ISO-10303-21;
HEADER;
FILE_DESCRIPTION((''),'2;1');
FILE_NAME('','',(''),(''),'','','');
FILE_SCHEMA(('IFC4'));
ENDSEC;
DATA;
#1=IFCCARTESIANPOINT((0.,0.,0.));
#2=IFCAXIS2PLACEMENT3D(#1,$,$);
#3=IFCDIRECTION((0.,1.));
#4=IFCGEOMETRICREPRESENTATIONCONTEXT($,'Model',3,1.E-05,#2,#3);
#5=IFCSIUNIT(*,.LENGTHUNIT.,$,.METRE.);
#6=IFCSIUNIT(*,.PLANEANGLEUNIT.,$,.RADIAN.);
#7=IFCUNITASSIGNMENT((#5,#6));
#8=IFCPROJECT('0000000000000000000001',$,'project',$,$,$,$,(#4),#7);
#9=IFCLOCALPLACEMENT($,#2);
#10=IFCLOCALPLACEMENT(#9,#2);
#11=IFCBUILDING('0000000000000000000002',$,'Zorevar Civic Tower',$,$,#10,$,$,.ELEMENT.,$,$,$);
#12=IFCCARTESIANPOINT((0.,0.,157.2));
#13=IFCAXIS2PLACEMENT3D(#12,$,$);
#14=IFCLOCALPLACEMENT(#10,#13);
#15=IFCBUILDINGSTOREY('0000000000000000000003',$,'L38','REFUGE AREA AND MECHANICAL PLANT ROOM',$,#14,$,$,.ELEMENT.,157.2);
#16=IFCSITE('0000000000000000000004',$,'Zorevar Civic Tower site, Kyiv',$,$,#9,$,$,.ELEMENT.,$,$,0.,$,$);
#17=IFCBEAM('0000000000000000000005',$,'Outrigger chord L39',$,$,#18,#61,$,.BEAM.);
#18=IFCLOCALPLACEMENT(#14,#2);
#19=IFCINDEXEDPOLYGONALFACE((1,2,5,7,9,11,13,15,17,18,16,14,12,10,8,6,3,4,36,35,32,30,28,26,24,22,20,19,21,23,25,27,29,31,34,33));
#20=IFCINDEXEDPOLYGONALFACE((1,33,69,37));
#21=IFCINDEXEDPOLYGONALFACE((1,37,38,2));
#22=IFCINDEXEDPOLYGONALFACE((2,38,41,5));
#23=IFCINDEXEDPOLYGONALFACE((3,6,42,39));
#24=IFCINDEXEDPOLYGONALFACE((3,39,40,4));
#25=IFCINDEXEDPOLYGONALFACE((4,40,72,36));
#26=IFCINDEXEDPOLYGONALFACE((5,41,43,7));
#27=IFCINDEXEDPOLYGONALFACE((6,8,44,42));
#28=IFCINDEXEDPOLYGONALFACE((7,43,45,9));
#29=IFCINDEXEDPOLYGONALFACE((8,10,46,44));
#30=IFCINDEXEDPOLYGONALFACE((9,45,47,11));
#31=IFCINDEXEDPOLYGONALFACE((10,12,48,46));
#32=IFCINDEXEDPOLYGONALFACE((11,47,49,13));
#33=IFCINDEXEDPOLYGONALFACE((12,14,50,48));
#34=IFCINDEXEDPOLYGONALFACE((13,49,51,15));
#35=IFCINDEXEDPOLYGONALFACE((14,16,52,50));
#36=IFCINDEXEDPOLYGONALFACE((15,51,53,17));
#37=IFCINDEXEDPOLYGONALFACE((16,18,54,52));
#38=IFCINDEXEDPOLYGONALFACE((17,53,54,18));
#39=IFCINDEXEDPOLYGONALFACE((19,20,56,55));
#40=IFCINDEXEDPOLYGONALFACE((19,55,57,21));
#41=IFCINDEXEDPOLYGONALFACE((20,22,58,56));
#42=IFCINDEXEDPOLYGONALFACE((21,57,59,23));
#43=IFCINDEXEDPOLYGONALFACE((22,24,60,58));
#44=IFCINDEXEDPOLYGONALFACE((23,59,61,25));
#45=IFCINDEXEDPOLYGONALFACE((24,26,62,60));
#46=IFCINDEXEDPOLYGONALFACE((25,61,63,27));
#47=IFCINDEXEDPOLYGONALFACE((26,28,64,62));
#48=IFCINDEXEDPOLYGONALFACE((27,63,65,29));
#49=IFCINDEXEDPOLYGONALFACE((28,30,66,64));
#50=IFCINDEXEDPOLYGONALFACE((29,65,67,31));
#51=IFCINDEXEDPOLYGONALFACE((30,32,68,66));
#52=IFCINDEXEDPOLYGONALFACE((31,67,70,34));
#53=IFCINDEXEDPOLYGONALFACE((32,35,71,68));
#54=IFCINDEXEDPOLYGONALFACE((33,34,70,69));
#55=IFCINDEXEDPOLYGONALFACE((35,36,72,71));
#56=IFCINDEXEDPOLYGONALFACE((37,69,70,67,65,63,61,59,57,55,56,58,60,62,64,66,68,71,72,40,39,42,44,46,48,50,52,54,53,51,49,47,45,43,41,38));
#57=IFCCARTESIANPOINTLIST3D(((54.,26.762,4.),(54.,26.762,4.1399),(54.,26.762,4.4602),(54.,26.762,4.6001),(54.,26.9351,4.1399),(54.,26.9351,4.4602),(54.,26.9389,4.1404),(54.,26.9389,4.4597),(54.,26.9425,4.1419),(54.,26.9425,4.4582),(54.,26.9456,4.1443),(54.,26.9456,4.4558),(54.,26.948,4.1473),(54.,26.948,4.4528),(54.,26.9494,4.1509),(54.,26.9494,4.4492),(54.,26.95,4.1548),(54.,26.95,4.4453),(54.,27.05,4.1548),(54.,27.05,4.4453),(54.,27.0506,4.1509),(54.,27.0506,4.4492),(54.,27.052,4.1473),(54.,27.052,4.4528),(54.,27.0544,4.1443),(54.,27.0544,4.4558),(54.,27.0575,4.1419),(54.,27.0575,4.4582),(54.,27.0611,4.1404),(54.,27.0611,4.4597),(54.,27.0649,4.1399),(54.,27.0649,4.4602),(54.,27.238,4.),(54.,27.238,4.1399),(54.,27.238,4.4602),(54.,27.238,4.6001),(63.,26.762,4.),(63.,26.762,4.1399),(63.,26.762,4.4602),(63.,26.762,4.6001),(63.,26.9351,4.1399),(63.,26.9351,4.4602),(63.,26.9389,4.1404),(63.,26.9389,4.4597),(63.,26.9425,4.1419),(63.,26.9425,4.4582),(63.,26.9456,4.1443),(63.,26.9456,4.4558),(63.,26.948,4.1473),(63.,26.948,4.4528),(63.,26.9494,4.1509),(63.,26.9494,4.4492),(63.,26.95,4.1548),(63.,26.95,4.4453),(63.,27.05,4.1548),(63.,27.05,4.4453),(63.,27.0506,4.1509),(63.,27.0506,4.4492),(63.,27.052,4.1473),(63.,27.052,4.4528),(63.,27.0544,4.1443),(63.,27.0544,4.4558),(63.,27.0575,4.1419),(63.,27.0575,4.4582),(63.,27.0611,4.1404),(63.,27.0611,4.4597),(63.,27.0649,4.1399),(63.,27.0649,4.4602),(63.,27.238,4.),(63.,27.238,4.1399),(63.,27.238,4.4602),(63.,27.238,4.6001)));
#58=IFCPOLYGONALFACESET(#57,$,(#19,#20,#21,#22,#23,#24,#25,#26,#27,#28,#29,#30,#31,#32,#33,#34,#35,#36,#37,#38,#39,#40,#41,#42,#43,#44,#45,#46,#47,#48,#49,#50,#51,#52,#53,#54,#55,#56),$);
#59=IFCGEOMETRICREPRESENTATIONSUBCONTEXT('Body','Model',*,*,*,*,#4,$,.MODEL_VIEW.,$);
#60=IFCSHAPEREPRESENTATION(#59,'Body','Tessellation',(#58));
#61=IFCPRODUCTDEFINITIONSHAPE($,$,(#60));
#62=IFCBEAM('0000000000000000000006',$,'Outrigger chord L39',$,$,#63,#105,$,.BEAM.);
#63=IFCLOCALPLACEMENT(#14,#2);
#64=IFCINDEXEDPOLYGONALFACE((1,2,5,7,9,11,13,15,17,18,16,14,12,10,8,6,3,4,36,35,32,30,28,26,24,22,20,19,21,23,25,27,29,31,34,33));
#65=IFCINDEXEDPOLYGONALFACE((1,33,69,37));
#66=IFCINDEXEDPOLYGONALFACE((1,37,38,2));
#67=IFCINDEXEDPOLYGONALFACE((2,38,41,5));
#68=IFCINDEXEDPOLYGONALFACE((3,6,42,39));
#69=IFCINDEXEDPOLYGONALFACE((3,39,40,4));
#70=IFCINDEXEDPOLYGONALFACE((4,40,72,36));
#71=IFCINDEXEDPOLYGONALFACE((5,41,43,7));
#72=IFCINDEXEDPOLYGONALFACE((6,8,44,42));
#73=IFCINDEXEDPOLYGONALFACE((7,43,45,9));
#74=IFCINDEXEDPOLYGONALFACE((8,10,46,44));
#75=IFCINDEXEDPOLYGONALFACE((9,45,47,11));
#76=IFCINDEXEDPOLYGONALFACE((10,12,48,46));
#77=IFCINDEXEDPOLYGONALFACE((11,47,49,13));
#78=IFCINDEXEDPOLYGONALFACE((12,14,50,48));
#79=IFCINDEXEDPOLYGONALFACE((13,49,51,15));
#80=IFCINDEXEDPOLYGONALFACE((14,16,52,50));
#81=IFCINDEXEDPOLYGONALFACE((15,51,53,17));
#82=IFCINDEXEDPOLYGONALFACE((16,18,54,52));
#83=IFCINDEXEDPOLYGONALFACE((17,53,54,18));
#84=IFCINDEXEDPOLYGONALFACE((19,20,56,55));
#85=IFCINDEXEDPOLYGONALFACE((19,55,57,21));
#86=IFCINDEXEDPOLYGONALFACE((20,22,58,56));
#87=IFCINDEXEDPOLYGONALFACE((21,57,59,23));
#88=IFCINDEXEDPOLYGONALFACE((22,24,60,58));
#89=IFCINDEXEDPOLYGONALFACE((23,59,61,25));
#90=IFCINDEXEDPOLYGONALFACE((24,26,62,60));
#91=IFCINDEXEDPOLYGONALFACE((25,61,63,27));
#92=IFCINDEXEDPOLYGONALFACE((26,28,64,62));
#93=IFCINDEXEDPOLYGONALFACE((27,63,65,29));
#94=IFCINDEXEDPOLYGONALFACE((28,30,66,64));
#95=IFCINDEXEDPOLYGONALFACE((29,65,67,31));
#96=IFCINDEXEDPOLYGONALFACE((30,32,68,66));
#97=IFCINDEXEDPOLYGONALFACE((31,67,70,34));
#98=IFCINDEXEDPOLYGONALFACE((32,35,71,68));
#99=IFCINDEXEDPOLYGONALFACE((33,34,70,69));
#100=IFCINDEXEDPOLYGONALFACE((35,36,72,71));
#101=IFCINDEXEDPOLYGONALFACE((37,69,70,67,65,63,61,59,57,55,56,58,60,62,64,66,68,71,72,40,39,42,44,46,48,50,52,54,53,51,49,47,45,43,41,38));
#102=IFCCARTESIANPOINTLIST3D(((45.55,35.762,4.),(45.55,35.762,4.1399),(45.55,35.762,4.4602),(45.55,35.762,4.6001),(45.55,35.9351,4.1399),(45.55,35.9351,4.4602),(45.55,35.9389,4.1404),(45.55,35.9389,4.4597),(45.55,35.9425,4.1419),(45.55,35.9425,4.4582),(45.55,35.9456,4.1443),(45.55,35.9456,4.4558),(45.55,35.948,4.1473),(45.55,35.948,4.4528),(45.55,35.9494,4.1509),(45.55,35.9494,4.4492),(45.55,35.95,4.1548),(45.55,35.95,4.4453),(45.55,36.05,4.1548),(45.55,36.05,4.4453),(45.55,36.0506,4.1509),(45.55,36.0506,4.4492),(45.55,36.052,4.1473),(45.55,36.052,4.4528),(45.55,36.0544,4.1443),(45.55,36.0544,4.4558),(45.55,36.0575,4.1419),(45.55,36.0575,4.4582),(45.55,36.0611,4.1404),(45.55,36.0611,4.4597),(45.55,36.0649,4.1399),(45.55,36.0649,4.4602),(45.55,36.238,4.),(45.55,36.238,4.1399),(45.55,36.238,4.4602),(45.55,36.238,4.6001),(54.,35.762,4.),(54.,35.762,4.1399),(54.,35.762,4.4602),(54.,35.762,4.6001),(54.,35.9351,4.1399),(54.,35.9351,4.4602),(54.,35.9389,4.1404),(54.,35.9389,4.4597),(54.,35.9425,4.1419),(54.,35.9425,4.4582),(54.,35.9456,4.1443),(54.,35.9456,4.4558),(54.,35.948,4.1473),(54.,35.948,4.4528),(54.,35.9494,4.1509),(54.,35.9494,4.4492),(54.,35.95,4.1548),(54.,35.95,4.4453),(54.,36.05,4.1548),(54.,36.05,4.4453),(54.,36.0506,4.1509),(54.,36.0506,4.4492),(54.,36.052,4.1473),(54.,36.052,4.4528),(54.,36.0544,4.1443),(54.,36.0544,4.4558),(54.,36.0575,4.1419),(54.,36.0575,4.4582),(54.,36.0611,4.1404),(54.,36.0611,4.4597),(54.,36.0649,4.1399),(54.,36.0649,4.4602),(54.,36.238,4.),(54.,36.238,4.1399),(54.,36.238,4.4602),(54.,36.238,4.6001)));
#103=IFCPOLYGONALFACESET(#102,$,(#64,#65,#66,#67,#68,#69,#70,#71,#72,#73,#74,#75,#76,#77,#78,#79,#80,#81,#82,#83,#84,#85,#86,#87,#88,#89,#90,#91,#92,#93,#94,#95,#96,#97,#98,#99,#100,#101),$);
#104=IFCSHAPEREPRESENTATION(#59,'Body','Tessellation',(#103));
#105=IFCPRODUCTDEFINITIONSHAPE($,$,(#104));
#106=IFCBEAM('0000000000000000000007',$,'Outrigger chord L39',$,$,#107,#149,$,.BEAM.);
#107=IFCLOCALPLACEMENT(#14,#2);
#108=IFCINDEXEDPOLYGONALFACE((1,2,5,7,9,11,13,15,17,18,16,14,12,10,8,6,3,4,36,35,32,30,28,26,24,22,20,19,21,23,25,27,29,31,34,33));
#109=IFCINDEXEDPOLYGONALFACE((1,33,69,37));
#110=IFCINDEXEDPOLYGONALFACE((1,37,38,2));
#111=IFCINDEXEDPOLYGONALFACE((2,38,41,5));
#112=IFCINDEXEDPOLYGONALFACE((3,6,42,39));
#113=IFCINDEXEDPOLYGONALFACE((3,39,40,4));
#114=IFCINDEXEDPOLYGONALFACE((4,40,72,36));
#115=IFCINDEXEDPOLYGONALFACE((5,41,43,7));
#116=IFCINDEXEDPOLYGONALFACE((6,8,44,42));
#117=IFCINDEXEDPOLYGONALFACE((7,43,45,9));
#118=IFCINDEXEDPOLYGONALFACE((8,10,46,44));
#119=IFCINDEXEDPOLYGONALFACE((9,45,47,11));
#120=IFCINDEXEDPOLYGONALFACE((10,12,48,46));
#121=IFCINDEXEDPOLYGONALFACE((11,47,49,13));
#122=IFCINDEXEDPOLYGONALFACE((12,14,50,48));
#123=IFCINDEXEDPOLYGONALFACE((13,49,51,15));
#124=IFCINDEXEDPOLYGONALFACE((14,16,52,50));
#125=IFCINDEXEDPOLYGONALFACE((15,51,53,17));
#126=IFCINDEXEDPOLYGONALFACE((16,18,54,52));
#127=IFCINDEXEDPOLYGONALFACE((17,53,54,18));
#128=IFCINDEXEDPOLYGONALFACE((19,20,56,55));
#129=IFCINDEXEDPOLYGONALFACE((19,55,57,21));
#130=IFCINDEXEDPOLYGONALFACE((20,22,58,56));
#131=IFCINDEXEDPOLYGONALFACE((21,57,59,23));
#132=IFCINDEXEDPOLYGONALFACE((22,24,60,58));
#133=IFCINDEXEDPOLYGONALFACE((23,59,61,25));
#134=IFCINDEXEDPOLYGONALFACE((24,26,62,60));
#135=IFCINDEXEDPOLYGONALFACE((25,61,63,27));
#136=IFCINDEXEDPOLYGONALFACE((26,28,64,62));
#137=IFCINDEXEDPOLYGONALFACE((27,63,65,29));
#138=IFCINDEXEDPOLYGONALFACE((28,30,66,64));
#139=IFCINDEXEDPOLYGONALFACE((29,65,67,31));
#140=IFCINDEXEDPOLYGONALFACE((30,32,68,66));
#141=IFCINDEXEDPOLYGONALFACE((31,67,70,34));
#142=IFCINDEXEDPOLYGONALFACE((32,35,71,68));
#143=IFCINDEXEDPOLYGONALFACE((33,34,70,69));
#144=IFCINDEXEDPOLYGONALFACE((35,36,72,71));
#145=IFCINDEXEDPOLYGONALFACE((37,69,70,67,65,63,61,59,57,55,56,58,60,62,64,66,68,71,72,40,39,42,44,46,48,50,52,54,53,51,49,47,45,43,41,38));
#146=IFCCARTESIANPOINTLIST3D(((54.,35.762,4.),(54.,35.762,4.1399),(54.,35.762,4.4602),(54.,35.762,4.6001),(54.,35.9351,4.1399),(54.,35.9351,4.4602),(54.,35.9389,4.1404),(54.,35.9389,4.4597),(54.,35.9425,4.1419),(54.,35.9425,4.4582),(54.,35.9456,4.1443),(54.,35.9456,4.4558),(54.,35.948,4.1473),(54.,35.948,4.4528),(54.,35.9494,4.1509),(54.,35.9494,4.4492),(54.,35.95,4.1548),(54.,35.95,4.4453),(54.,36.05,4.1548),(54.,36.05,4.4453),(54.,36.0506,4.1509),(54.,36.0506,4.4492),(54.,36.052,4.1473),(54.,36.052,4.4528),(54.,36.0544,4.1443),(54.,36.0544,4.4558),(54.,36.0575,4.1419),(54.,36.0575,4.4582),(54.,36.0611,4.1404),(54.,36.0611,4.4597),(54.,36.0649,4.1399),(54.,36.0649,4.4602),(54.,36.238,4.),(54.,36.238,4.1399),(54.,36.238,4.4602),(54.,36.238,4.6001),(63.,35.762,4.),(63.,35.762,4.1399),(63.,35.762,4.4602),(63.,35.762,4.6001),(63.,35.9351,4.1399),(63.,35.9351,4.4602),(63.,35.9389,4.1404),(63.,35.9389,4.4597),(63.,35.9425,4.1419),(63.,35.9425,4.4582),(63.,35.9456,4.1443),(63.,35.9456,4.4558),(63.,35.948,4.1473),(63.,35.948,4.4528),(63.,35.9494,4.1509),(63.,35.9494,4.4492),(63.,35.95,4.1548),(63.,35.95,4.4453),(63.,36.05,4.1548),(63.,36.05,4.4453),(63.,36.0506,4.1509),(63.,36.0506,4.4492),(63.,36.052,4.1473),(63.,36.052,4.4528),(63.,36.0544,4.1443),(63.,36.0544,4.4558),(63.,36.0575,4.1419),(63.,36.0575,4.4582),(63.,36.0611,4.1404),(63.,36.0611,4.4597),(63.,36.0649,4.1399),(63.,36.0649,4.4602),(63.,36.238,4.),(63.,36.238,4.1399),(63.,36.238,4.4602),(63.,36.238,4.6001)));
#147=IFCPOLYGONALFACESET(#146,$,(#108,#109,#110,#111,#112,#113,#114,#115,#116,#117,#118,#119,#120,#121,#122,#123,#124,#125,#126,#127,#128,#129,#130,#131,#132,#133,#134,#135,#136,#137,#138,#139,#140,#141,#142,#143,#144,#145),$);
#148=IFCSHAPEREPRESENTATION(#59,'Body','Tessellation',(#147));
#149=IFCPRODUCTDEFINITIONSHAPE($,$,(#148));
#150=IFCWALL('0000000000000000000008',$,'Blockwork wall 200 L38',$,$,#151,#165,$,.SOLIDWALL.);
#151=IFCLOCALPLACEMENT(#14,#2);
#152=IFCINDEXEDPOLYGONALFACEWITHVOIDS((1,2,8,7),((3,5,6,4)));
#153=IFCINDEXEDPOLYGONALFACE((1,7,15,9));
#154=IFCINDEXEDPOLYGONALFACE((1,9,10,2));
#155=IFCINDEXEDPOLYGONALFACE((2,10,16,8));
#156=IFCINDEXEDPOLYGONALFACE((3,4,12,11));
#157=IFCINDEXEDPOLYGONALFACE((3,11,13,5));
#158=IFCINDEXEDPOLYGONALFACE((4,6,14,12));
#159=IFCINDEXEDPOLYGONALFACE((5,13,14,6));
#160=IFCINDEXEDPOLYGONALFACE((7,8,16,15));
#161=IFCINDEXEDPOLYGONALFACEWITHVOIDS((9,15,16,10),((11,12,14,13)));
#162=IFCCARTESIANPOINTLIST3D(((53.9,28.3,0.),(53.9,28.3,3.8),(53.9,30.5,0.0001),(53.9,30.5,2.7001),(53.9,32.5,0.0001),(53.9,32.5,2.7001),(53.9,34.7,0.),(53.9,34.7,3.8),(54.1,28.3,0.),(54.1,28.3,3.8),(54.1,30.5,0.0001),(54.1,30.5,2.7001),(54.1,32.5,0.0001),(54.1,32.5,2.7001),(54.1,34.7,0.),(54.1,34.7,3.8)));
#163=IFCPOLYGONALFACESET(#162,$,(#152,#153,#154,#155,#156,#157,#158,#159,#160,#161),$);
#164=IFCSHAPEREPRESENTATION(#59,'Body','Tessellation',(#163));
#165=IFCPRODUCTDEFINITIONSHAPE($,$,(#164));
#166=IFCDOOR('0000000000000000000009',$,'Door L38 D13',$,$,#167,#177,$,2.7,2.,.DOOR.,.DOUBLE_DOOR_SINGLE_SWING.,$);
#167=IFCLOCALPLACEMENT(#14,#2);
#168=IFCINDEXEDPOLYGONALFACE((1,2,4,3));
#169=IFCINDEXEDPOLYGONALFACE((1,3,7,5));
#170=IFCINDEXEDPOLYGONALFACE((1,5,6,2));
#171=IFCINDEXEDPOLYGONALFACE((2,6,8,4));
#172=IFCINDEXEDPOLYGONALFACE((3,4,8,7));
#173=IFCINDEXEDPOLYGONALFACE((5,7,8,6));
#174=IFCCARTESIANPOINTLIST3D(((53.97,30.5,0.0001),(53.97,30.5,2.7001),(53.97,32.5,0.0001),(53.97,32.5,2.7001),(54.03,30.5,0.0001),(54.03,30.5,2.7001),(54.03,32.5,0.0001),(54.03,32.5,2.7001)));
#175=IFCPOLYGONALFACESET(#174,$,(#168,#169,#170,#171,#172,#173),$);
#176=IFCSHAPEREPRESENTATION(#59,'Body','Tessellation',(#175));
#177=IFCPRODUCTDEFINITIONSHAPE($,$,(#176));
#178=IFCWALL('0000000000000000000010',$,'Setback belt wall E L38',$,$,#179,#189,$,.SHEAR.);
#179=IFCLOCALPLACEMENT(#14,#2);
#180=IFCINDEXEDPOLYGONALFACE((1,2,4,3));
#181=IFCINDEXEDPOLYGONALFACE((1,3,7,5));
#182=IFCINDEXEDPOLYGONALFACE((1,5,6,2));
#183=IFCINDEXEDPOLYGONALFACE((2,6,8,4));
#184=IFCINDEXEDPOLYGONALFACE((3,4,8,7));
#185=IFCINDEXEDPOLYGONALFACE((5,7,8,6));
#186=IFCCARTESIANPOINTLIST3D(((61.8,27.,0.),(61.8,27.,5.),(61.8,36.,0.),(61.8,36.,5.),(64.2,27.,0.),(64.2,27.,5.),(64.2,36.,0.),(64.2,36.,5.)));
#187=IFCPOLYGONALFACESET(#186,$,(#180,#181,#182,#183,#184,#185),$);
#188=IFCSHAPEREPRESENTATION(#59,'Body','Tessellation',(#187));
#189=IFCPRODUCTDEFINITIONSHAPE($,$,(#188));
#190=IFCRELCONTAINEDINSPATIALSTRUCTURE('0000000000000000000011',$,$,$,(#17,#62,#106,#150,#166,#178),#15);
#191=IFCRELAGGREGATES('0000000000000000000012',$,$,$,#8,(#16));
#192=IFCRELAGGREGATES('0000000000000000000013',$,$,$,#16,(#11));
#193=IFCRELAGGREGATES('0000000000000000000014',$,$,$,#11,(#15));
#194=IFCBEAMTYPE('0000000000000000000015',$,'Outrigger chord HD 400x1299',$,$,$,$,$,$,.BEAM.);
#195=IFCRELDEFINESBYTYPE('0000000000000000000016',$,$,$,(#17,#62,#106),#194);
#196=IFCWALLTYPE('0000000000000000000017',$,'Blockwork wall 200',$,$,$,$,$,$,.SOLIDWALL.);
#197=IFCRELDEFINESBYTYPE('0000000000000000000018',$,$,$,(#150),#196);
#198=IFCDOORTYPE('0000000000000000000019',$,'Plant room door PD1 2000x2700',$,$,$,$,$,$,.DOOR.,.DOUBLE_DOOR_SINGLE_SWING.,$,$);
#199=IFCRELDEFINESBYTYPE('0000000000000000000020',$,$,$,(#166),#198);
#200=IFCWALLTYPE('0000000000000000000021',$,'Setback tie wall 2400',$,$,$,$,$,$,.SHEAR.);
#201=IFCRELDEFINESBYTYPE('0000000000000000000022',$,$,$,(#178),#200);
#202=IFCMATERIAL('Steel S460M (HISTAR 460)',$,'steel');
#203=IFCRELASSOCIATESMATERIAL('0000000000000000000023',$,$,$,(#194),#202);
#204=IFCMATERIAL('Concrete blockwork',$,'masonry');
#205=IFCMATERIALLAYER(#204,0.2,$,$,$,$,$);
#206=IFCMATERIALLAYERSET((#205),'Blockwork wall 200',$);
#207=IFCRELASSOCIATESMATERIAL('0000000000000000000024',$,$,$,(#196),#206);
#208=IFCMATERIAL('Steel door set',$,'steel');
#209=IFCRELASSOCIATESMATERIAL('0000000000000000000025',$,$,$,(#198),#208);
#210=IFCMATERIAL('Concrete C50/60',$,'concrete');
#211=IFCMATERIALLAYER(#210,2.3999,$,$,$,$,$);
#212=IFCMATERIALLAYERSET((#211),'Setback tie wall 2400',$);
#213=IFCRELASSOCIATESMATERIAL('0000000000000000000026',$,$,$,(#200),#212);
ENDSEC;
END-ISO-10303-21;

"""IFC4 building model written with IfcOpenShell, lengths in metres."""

from ifc_helpers import new_model, si_unit, direction, frame, frame_2d, origin, origin_2d, place, context, subcontext, project, spatial, rectangle, i_section, extrude, material, layer, layer_set, material_profile, profile_set, type_object, element, fill, save


model = new_model("IFC4")

# Units and contexts
model_context = context("Model", 3, precision=1e-05, world=origin(), true_north=direction((0.0, 1.0)))
body_context = subcontext(model_context, "Body", "Model", "MODEL_VIEW")
ifc_project = project(units=[si_unit("LENGTHUNIT", "METRE"), si_unit("PLANEANGLEUNIT", "RADIAN")], contexts=[model_context])

# Site, building, storey
site_placement = place(None, origin())
site = spatial("IfcSite", under=ifc_project, at=site_placement, Name="Zorevar Civic Tower site, Kyiv", CompositionType="ELEMENT", RefElevation=0.0)
building_placement = place(site_placement, origin())
building = spatial("IfcBuilding", under=site, at=building_placement, Name="Zorevar Civic Tower", CompositionType="ELEMENT")
storey_placement = place(building_placement, frame((0.0, 0.0, 157.2)))
storey = spatial("IfcBuildingStorey", under=building, at=storey_placement, Name="L38", Description="REFUGE AREA AND MECHANICAL PLANT ROOM", CompositionType="ELEMENT", Elevation=157.2)

# Beams
ifc_material_1 = material(Name="Steel S460M (HISTAR 460)", Category="steel")
ifc_material_profile_1 = material_profile(ifc_material_1, i_section(OverallWidth=0.4761, OverallDepth=0.6001, WebThickness=0.1001, FlangeThickness=0.1399, FilletRadius=0.0149, at=origin_2d()), Name="HD 400x1299")
ifc_profile_set_1 = profile_set([ifc_material_profile_1], Name="Steel S460M (HISTAR 460)")
beam_type_1 = type_object("IfcBeamType", Name="Outrigger chord HD 400x1299", PredefinedType="BEAM", material=ifc_profile_set_1)
beam_1_placement = place(storey_placement, frame((54.0, 27.0, 4.3), z_axis=(1.0, 0.0, 0.0), x_axis=(0.0, 1.0, 0.0)))
element("IfcBeam", 1, at=beam_1_placement, inside=storey, type_object=beam_type_1, Name="Outrigger chord L39", PredefinedType="BEAM", context=body_context, shape_type="SweptSolid", body=[
    extrude(i_section(OverallWidth=0.4761, OverallDepth=0.6001, WebThickness=0.1001, FlangeThickness=0.1399, FilletRadius=0.0149, at=origin_2d()), origin(), (0.0, 0.0, 1.0), 9.0),
])
beam_2_placement = place(storey_placement, frame((45.55, 36.0, 4.3), z_axis=(1.0, 0.0, 0.0), x_axis=(0.0, 1.0, 0.0)))
element("IfcBeam", 2, at=beam_2_placement, inside=storey, type_object=beam_type_1, Name="Outrigger chord L39", PredefinedType="BEAM", context=body_context, shape_type="SweptSolid", body=[
    extrude(i_section(OverallWidth=0.4761, OverallDepth=0.6001, WebThickness=0.1001, FlangeThickness=0.1399, FilletRadius=0.0149, at=origin_2d()), origin(), (0.0, 0.0, 1.0), 8.45),
])
beam_3_placement = place(storey_placement, frame((54.0, 36.0, 4.3), z_axis=(1.0, 0.0, 0.0), x_axis=(0.0, 1.0, 0.0)))
element("IfcBeam", 3, at=beam_3_placement, inside=storey, type_object=beam_type_1, Name="Outrigger chord L39", PredefinedType="BEAM", context=body_context, shape_type="SweptSolid", body=[
    extrude(i_section(OverallWidth=0.4761, OverallDepth=0.6001, WebThickness=0.1001, FlangeThickness=0.1399, FilletRadius=0.0149, at=origin_2d()), origin(), (0.0, 0.0, 1.0), 9.0),
])

# Wall, opening, door
ifc_material_2 = material(Name="Concrete blockwork", Category="masonry")
ifc_layer_1 = layer(ifc_material_2, 0.2)
ifc_layer_set_1 = layer_set([ifc_layer_1], Name="Blockwork wall 200")
wall_type_1 = type_object("IfcWallType", Name="Blockwork wall 200", PredefinedType="SOLIDWALL", material=ifc_layer_set_1)
wall_1_placement = place(storey_placement, frame((54.0, 28.3, 0.0), z_axis=(0.0, 0.0, 1.0), x_axis=(0.0, 1.0, 0.0)))
wall_1 = element("IfcWall", 4, at=wall_1_placement, inside=storey, type_object=wall_type_1, Name="Blockwork wall 200 L38", PredefinedType="SOLIDWALL", context=body_context, shape_type="SweptSolid", body=[
    extrude(rectangle(XDim=6.3999, YDim=0.2, at=frame_2d((3.2, 0.0))), origin(), (0.0, 0.0, 1.0), 3.8),
])
opening_1_placement = place(wall_1_placement, frame((2.2, 0.0, 0.0)))
opening_1 = element("IfcOpeningElement", 5, at=opening_1_placement, cuts=wall_1, PredefinedType="OPENING", context=body_context, shape_type="SweptSolid", body=[
    extrude(rectangle(XDim=2.0, YDim=2.7, at=frame_2d((1.0, 1.3501))), frame((0.0, 0.1099, 0.0), z_axis=(0.0, -1.0, 0.0), x_axis=(1.0, 0.0, 0.0)), (0.0, 0.0, 1.0), 0.22),
])
ifc_material_3 = material(Name="Steel door set", Category="steel")
door_type_1 = type_object("IfcDoorType", Name="Plant room door PD1 2000x2700", OperationType="DOUBLE_DOOR_SINGLE_SWING", PredefinedType="DOOR", material=ifc_material_3)
door_1_placement = place(opening_1_placement, origin())
door_1 = element("IfcDoor", 6, at=door_1_placement, inside=storey, type_object=door_type_1, Name="Door L38 D13", OperationType="DOUBLE_DOOR_SINGLE_SWING", OverallHeight=2.7, OverallWidth=2.0, PredefinedType="DOOR", context=body_context, shape_type="SweptSolid", body=[
    extrude(rectangle(XDim=2.0, YDim=2.7, at=frame_2d((1.0, 1.3501))), frame((0.0, 0.03, 0.0), z_axis=(0.0, -1.0, 0.0), x_axis=(1.0, 0.0, 0.0)), (0.0, 0.0, 1.0), 0.0601),
])
fill(opening_1, door_1)

# Wall
ifc_material_4 = material(Name="Concrete C50/60", Category="concrete")
ifc_layer_2 = layer(ifc_material_4, 2.3999)
ifc_layer_set_2 = layer_set([ifc_layer_2], Name="Setback tie wall 2400")
wall_type_2 = type_object("IfcWallType", Name="Setback tie wall 2400", PredefinedType="SHEAR", material=ifc_layer_set_2)
for number, where, z_axis, x_axis, name in (
    (7, (63.0, 27.0, 0.0), (0.0, 0.0, 1.0), (0.0, 1.0, 0.0), "Setback belt wall E L38"),
):
    element("IfcWall", number, at=place(storey_placement, frame(where, z_axis=z_axis, x_axis=x_axis)), inside=storey, type_object=wall_type_2, Name=name, PredefinedType="SHEAR", context=body_context, shape_type="SweptSolid", body=[
        extrude(rectangle(XDim=9.0, YDim=2.3999, at=frame_2d((4.5, 0.0))), origin(), (0.0, 0.0, 1.0), 5.0),
    ])

save(model, "model.ifc")
